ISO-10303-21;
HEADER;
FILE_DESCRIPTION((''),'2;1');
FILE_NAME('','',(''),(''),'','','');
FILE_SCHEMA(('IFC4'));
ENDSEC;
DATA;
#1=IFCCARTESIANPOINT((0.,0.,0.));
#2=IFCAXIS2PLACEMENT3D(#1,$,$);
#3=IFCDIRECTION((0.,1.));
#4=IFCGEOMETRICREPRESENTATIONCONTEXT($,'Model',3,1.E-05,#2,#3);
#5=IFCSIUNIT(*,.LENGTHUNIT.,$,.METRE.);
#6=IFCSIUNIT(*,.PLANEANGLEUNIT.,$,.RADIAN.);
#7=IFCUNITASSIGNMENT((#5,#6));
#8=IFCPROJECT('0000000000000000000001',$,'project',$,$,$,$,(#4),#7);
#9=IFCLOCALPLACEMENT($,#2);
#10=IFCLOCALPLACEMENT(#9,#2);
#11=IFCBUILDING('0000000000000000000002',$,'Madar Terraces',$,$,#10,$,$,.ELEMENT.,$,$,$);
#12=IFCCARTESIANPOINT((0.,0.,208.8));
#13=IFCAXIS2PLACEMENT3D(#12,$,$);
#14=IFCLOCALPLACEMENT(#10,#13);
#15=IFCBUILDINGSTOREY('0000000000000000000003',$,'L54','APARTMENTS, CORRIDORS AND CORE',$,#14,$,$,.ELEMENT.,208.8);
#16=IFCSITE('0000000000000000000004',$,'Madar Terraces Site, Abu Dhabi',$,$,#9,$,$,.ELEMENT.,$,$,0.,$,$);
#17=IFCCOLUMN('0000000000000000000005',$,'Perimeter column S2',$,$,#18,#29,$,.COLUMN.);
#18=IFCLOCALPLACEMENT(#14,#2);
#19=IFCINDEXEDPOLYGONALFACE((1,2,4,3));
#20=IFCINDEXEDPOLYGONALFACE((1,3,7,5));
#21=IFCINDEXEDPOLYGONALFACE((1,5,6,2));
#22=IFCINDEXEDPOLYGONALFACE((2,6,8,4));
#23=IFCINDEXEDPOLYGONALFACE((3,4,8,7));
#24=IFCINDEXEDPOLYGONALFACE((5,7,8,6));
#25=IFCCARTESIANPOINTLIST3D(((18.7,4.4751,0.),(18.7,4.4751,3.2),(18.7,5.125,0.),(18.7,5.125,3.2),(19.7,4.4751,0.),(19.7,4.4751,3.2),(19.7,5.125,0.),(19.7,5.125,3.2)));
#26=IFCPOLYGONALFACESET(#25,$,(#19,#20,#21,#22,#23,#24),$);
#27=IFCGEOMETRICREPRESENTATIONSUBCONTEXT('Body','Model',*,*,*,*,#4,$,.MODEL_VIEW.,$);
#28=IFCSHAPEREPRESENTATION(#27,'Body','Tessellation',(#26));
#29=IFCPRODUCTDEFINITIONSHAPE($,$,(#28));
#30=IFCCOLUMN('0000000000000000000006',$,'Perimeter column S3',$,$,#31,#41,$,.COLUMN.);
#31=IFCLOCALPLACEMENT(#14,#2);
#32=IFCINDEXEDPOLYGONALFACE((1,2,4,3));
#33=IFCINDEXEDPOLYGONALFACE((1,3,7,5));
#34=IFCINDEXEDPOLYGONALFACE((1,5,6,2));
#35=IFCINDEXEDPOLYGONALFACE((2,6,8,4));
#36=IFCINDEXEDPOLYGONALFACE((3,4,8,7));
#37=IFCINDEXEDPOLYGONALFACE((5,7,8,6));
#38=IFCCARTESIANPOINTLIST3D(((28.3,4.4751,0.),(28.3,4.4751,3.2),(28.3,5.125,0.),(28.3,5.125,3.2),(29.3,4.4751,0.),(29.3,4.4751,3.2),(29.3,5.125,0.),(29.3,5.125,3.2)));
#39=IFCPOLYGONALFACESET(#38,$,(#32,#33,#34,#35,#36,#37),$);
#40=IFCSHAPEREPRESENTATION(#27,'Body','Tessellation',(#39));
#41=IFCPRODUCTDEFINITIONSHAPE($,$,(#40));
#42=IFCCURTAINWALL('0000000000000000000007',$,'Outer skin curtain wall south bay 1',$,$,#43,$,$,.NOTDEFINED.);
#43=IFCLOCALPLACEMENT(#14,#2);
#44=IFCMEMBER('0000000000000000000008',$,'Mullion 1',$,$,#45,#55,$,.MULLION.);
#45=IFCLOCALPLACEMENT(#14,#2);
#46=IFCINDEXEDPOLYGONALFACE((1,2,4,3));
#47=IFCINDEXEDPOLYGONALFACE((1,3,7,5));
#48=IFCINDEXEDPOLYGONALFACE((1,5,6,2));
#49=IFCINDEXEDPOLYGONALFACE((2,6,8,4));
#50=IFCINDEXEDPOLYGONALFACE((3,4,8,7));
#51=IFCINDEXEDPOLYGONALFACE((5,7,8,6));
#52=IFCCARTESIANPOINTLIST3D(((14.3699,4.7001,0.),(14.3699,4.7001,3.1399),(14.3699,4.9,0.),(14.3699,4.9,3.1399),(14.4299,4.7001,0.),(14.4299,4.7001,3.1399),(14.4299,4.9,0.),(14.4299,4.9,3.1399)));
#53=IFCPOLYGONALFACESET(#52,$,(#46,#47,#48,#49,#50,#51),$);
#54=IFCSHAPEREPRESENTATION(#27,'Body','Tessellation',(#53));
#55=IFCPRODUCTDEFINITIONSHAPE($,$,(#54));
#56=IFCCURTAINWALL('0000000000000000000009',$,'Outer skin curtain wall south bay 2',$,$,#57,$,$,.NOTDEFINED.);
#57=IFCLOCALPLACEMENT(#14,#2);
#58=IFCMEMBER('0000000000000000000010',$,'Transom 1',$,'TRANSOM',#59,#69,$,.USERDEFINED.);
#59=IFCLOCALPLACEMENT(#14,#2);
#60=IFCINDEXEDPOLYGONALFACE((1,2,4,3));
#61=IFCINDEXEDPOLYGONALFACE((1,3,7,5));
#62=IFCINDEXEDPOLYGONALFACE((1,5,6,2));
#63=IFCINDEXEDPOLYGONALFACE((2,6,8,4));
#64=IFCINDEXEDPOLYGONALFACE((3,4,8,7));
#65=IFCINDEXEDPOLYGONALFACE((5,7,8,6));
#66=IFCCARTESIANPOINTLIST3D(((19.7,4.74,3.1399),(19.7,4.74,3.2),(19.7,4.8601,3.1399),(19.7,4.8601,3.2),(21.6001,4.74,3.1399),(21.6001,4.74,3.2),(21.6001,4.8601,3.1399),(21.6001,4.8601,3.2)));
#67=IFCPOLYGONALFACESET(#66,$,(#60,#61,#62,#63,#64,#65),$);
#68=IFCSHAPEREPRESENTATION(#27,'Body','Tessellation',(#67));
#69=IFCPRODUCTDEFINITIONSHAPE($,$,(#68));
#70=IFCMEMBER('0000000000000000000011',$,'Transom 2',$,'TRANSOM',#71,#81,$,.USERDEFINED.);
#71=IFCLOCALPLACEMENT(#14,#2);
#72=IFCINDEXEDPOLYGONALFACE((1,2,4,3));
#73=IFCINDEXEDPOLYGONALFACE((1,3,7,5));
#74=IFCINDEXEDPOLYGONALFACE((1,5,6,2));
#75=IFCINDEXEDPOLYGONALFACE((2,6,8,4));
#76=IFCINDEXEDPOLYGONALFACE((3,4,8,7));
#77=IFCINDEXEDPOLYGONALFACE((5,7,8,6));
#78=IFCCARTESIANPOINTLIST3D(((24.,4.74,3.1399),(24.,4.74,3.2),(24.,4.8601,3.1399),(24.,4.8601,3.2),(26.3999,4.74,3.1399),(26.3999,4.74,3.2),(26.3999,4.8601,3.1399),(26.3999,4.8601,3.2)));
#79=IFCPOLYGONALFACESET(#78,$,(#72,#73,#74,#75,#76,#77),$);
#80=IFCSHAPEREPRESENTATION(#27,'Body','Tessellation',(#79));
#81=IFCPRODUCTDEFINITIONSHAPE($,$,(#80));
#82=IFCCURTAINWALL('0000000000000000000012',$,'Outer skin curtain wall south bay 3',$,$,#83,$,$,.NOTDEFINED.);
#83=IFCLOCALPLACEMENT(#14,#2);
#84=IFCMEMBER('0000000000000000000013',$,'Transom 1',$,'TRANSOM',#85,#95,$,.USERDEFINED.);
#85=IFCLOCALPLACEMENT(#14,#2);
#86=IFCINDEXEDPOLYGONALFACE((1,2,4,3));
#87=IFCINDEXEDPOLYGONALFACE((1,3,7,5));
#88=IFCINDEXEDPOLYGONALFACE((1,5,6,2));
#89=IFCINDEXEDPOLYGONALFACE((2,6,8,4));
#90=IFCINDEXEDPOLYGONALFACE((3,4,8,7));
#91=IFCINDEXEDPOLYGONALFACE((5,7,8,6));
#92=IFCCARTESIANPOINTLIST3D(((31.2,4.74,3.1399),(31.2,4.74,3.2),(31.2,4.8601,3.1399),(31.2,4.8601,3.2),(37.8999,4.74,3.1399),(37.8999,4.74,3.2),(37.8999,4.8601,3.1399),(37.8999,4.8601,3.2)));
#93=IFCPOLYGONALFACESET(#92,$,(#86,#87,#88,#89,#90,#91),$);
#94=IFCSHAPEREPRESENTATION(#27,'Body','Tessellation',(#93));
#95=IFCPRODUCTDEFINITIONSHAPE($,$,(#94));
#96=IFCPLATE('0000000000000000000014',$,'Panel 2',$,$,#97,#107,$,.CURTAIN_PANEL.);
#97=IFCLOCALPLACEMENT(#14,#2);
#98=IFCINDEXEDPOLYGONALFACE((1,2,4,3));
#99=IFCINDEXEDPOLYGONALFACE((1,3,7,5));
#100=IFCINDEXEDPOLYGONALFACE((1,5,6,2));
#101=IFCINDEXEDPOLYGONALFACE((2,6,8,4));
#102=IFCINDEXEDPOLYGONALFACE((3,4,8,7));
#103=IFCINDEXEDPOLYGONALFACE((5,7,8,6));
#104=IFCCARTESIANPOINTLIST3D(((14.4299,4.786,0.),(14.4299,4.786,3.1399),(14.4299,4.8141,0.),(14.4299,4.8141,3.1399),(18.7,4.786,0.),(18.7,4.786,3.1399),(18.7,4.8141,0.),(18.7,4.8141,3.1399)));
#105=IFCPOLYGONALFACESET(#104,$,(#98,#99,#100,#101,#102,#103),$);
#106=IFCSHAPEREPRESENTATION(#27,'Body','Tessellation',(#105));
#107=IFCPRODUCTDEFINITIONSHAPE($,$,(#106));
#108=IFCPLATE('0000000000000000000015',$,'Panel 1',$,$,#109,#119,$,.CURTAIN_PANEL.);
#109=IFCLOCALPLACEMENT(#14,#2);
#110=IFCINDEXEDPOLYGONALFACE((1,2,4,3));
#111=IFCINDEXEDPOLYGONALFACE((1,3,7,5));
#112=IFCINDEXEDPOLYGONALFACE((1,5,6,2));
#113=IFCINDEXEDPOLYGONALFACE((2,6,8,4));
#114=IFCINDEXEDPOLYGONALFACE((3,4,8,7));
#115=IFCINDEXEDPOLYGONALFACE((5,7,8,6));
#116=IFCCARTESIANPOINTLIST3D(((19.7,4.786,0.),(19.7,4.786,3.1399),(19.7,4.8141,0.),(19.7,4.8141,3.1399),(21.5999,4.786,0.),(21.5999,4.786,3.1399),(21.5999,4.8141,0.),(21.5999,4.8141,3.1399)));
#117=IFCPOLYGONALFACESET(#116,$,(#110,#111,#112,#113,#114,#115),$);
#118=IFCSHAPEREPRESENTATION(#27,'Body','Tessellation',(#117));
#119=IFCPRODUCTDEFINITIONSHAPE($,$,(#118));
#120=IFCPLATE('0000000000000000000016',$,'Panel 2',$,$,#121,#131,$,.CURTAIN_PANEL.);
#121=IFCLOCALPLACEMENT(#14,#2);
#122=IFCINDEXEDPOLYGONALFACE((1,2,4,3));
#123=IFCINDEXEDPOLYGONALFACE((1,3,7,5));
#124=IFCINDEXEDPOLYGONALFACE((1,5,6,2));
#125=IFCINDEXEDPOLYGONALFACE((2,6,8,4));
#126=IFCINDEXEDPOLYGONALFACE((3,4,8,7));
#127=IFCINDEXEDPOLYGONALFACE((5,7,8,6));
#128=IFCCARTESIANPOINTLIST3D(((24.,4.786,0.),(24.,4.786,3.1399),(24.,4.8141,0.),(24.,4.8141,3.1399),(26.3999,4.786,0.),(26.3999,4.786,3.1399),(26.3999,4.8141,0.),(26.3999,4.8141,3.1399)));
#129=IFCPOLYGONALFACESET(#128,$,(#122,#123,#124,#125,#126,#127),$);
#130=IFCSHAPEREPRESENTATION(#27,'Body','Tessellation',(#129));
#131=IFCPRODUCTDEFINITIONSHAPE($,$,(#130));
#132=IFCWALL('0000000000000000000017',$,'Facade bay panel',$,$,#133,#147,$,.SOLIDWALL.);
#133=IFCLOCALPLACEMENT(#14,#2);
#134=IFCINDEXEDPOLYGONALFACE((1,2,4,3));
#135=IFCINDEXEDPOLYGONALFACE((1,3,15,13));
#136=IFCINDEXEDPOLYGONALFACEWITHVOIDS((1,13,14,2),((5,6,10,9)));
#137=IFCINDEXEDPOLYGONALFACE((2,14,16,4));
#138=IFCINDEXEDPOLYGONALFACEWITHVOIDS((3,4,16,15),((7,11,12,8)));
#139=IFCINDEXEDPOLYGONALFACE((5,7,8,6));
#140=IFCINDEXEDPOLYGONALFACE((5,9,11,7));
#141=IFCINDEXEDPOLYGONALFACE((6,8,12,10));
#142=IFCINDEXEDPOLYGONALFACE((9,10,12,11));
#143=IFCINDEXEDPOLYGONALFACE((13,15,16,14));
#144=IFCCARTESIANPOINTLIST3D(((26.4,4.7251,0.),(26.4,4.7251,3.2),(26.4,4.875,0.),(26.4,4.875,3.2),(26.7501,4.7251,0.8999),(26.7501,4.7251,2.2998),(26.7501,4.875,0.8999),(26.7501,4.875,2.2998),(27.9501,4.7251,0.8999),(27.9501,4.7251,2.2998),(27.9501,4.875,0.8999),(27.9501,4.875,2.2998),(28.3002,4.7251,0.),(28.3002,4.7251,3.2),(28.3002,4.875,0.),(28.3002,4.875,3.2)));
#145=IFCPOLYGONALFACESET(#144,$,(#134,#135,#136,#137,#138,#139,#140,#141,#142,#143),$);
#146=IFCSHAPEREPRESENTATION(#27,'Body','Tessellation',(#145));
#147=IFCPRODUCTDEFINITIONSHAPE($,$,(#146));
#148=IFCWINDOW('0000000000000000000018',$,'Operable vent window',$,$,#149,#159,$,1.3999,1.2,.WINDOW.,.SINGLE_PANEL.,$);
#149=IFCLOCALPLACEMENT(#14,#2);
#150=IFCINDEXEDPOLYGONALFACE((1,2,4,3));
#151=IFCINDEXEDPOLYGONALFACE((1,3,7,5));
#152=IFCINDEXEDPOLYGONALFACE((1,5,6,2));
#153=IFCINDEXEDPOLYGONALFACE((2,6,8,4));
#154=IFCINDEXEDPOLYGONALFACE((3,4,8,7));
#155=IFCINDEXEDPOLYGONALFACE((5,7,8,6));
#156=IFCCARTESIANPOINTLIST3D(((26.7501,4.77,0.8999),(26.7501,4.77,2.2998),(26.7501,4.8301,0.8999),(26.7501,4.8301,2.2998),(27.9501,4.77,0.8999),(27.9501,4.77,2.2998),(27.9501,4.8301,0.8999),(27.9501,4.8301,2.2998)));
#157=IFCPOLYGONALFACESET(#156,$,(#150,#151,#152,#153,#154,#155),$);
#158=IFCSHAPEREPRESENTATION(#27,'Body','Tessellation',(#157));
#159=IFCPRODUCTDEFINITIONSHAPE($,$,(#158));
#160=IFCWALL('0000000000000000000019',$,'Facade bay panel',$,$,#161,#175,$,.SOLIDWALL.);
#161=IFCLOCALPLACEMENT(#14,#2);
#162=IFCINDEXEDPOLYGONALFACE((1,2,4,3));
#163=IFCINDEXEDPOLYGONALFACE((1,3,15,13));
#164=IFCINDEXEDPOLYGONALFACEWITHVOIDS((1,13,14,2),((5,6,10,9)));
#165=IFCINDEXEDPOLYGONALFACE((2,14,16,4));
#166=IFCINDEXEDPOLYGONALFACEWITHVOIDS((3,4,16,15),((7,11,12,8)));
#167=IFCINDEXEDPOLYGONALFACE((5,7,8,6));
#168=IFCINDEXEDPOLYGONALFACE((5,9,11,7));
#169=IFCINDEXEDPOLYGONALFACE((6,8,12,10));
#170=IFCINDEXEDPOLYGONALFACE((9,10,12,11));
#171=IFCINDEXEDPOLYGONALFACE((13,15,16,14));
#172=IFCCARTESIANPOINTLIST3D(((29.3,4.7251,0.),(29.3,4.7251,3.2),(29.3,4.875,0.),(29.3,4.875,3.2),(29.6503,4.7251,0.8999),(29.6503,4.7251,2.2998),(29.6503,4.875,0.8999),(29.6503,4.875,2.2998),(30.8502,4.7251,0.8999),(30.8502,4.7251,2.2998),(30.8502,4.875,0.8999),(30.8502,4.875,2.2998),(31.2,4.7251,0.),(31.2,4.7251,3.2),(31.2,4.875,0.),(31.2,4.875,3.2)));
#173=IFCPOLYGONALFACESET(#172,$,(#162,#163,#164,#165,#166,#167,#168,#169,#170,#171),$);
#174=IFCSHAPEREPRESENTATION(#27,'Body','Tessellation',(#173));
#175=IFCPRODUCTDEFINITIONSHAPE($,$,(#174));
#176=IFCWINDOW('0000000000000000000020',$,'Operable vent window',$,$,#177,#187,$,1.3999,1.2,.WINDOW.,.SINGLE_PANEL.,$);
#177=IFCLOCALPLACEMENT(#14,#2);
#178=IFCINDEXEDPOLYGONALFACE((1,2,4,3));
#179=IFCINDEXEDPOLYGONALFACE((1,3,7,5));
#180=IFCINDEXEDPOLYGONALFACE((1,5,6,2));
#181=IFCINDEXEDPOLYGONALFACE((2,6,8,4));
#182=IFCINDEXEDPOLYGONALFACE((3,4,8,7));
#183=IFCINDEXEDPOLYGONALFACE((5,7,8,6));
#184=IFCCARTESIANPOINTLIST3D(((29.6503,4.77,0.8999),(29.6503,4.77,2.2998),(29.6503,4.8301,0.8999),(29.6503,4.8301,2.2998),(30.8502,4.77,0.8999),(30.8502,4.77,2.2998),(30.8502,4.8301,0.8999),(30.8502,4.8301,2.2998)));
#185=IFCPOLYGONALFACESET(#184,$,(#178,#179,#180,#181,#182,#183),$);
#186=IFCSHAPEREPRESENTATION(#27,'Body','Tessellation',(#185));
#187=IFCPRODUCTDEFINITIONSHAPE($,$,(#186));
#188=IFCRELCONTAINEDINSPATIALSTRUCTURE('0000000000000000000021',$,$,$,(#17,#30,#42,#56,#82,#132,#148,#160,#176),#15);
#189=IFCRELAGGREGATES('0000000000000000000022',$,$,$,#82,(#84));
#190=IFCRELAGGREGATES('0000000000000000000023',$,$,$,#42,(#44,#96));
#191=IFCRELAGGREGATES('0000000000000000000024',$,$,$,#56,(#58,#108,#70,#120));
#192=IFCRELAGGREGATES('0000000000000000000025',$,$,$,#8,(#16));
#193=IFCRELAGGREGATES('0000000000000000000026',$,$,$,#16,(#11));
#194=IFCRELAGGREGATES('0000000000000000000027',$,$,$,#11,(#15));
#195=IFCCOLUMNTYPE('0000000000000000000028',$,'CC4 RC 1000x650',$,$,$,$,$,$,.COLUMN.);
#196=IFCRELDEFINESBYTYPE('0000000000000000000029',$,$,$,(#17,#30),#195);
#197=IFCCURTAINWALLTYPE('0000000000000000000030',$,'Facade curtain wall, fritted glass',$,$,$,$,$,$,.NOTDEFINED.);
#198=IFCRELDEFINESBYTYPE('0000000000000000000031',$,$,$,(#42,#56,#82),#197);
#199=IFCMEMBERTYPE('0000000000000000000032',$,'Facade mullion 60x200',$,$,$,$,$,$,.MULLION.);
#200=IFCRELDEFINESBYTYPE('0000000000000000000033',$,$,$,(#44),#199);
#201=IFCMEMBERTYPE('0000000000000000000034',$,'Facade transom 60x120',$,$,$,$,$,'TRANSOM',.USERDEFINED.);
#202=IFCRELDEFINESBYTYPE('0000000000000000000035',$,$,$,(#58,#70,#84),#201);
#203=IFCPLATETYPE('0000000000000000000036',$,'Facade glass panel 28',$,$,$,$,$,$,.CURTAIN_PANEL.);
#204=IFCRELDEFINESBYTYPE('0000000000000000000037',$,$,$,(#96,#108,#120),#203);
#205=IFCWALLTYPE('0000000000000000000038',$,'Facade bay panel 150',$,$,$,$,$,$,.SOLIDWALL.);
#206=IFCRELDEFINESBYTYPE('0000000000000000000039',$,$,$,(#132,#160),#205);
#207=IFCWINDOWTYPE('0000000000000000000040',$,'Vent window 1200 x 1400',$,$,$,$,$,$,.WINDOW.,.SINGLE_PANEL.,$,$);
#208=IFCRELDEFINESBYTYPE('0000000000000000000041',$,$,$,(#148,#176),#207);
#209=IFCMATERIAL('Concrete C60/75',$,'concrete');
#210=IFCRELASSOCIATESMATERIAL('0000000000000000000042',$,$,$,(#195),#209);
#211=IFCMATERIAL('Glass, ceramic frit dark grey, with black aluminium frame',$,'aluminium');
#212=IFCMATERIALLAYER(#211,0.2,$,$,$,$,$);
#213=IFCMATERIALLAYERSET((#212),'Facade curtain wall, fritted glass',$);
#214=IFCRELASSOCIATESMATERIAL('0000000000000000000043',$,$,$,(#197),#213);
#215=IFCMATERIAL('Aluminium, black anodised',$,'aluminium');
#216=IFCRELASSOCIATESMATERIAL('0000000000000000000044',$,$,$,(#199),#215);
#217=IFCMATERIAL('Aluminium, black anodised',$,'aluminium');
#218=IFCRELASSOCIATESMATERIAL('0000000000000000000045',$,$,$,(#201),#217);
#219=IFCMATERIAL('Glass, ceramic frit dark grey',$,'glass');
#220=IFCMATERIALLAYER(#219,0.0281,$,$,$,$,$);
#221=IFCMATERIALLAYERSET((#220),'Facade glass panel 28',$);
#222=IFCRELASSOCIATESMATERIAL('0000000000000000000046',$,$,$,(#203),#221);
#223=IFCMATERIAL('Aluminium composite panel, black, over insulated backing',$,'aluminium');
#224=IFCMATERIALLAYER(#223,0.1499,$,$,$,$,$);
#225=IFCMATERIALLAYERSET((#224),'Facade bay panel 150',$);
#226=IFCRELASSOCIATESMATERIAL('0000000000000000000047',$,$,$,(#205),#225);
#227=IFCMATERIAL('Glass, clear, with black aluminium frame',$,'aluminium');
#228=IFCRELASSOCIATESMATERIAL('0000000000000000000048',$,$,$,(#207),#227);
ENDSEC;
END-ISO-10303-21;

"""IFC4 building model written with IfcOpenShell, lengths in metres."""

from ifc_helpers import new_model, si_unit, direction, frame, frame_2d, origin, origin_2d, place, context, subcontext, project, spatial, rectangle, extrude, material, layer, layer_set, material_profile, profile_set, type_object, element, fill, aggregate, save


model = new_model("IFC4")

# Units and contexts
model_context = context("Model", 3, precision=1e-05, world=origin(), true_north=direction((0.0, 1.0)))
body_context = subcontext(model_context, "Body", "Model", "MODEL_VIEW")
ifc_project = project(units=[si_unit("LENGTHUNIT", "METRE"), si_unit("PLANEANGLEUNIT", "RADIAN")], contexts=[model_context])

# Site, building, storey
site_placement = place(None, origin())
site = spatial("IfcSite", under=ifc_project, at=site_placement, Name="Madar Terraces Site, Abu Dhabi", CompositionType="ELEMENT", RefElevation=0.0)
building_placement = place(site_placement, origin())
building = spatial("IfcBuilding", under=site, at=building_placement, Name="Madar Terraces", CompositionType="ELEMENT")
storey_placement = place(building_placement, frame((0.0, 0.0, 208.8)))
storey = spatial("IfcBuildingStorey", under=building, at=storey_placement, Name="L54", Description="APARTMENTS, CORRIDORS AND CORE", CompositionType="ELEMENT", Elevation=208.8)

# Columns
ifc_material_1 = material(Name="Concrete C60/75", Category="concrete")
ifc_material_profile_1 = material_profile(ifc_material_1, rectangle(XDim=1.0, YDim=0.6499, at=origin_2d()), Name="CC4 RC 1000x650")
ifc_profile_set_1 = profile_set([ifc_material_profile_1], Name="Concrete C60/75")
column_type = type_object("IfcColumnType", Name="CC4 RC 1000x650", PredefinedType="COLUMN", material=ifc_profile_set_1)
for number, where, z_axis, x_axis, name in (
    (1, (19.2, 4.8, 0.0), (0.0, 0.0, 1.0), (1.0, 0.0, 0.0), "Perimeter column S2"),
    (2, (28.8, 4.8, 0.0), (0.0, 0.0, 1.0), (1.0, 0.0, 0.0), "Perimeter column S3"),
):
    element("IfcColumn", number, at=place(storey_placement, frame(where, z_axis=z_axis, x_axis=x_axis)), inside=storey, type_object=column_type, Name=name, PredefinedType="COLUMN", context=body_context, shape_type="SweptSolid", body=[
        extrude(rectangle(XDim=1.0, YDim=0.6499, at=origin_2d()), origin(), (0.0, 0.0, 1.0), 3.2),
    ])

# Curtain wall, member
ifc_material_2 = material(Name="Glass, ceramic frit dark grey, with black aluminium frame", Category="aluminium")
ifc_layer_1 = layer(ifc_material_2, 0.2)
ifc_layer_set_1 = layer_set([ifc_layer_1], Name="Facade curtain wall, fritted glass")
curtain_wall_type = type_object("IfcCurtainWallType", Name="Facade curtain wall, fritted glass", PredefinedType="NOTDEFINED", material=ifc_layer_set_1)
curtain_wall_1_placement = place(storey_placement, origin())
curtain_wall_1 = element("IfcCurtainWall", 3, at=curtain_wall_1_placement, inside=storey, type_object=curtain_wall_type, Name="Outer skin curtain wall south bay 1", PredefinedType="NOTDEFINED")
ifc_material_3 = material(Name="Aluminium, black anodised", Category="aluminium")
ifc_material_profile_2 = material_profile(ifc_material_3, rectangle(XDim=0.2, YDim=0.0601, at=origin_2d()), Name="Facade mullion 60x200")
ifc_profile_set_2 = profile_set([ifc_material_profile_2], Name="Aluminium, black anodised")
member_type_1 = type_object("IfcMemberType", Name="Facade mullion 60x200", PredefinedType="MULLION", material=ifc_profile_set_2)
member_1_placement = place(storey_placement, frame((14.3999, 4.8, 0.0), z_axis=(0.0, 0.0, 1.0), x_axis=(0.0, 1.0, 0.0)))
member_1 = element("IfcMember", 4, at=member_1_placement, type_object=member_type_1, Name="Mullion 1", PredefinedType="MULLION", context=body_context, shape_type="SweptSolid", body=[
    extrude(rectangle(XDim=0.2, YDim=0.0601, at=origin_2d()), origin(), (0.0, 0.0, 1.0), 3.1399),
])

# Curtain wall, members
curtain_wall_2_placement = place(storey_placement, origin())
curtain_wall_2 = element("IfcCurtainWall", 5, at=curtain_wall_2_placement, inside=storey, type_object=curtain_wall_type, Name="Outer skin curtain wall south bay 2", PredefinedType="NOTDEFINED")
ifc_material_4 = material(Name="Aluminium, black anodised", Category="aluminium")
ifc_material_profile_3 = material_profile(ifc_material_4, rectangle(XDim=0.1201, YDim=0.0601, at=origin_2d()), Name="Facade transom 60x120")
ifc_profile_set_3 = profile_set([ifc_material_profile_3], Name="Aluminium, black anodised")
member_type_2 = type_object("IfcMemberType", Name="Facade transom 60x120", ElementType="TRANSOM", PredefinedType="USERDEFINED", material=ifc_profile_set_3)
member_2_placement = place(storey_placement, frame((19.7, 4.8, 3.1699), z_axis=(1.0, 0.0, 0.0), x_axis=(0.0, 1.0, 0.0)))
member_2 = element("IfcMember", 6, at=member_2_placement, type_object=member_type_2, Name="Transom 1", ObjectType="TRANSOM", PredefinedType="USERDEFINED", context=body_context, shape_type="SweptSolid", body=[
    extrude(rectangle(XDim=0.1201, YDim=0.0601, at=origin_2d()), origin(), (0.0, 0.0, 1.0), 1.9001),
])
member_3_placement = place(storey_placement, frame((24.0, 4.8, 3.1699), z_axis=(1.0, 0.0, 0.0), x_axis=(0.0, 1.0, 0.0)))
member_3 = element("IfcMember", 7, at=member_3_placement, type_object=member_type_2, Name="Transom 2", ObjectType="TRANSOM", PredefinedType="USERDEFINED", context=body_context, shape_type="SweptSolid", body=[
    extrude(rectangle(XDim=0.1201, YDim=0.0601, at=origin_2d()), origin(), (0.0, 0.0, 1.0), 2.3999),
])

# Curtain wall, member
curtain_wall_3_placement = place(storey_placement, origin())
curtain_wall_3 = element("IfcCurtainWall", 8, at=curtain_wall_3_placement, inside=storey, type_object=curtain_wall_type, Name="Outer skin curtain wall south bay 3", PredefinedType="NOTDEFINED")
member_4_placement = place(storey_placement, frame((31.2, 4.8, 3.1699), z_axis=(1.0, 0.0, 0.0), x_axis=(0.0, 1.0, 0.0)))
member_4 = element("IfcMember", 9, at=member_4_placement, type_object=member_type_2, Name="Transom 1", ObjectType="TRANSOM", PredefinedType="USERDEFINED", context=body_context, shape_type="SweptSolid", body=[
    extrude(rectangle(XDim=0.1201, YDim=0.0601, at=origin_2d()), origin(), (0.0, 0.0, 1.0), 6.7),
])
aggregate(curtain_wall_3, [member_4])

# Plates
ifc_material_5 = material(Name="Glass, ceramic frit dark grey", Category="glass")
ifc_layer_2 = layer(ifc_material_5, 0.0281)
ifc_layer_set_2 = layer_set([ifc_layer_2], Name="Facade glass panel 28")
plate_type = type_object("IfcPlateType", Name="Facade glass panel 28", PredefinedType="CURTAIN_PANEL", material=ifc_layer_set_2)
plate_1_placement = place(storey_placement, frame((16.5649, 4.8, 0.0), z_axis=(0.0, 0.0, 1.0), x_axis=(1.0, 0.0, 0.0)))
plate_1 = element("IfcPlate", 10, at=plate_1_placement, type_object=plate_type, Name="Panel 2", PredefinedType="CURTAIN_PANEL", context=body_context, shape_type="SweptSolid", body=[
    extrude(rectangle(XDim=4.27, YDim=0.0281, at=origin_2d()), origin(), (0.0, 0.0, 1.0), 3.1399),
])
aggregate(curtain_wall_1, [member_1, plate_1])
plate_2_placement = place(storey_placement, frame((20.6499, 4.8, 0.0), z_axis=(0.0, 0.0, 1.0), x_axis=(1.0, 0.0, 0.0)))
plate_2 = element("IfcPlate", 11, at=plate_2_placement, type_object=plate_type, Name="Panel 1", PredefinedType="CURTAIN_PANEL", context=body_context, shape_type="SweptSolid", body=[
    extrude(rectangle(XDim=1.8999, YDim=0.0281, at=origin_2d()), origin(), (0.0, 0.0, 1.0), 3.1399),
])
plate_3_placement = place(storey_placement, frame((25.2, 4.8, 0.0), z_axis=(0.0, 0.0, 1.0), x_axis=(1.0, 0.0, 0.0)))
plate_3 = element("IfcPlate", 12, at=plate_3_placement, type_object=plate_type, Name="Panel 2", PredefinedType="CURTAIN_PANEL", context=body_context, shape_type="SweptSolid", body=[
    extrude(rectangle(XDim=2.3999, YDim=0.0281, at=origin_2d()), origin(), (0.0, 0.0, 1.0), 3.1399),
])
aggregate(curtain_wall_2, [member_2, plate_2, member_3, plate_3])

# Shared definitions
ifc_material_6 = material(Name="Aluminium composite panel, black, over insulated backing", Category="aluminium")
ifc_layer_3 = layer(ifc_material_6, 0.1499)
ifc_layer_set_3 = layer_set([ifc_layer_3], Name="Facade bay panel 150")
wall_type_1 = type_object("IfcWallType", Name="Facade bay panel 150", PredefinedType="SOLIDWALL", material=ifc_layer_set_3)

# Walls, openings, windows
wall_1_placement = place(storey_placement, frame((26.3999, 4.8, 0.0), z_axis=(0.0, 0.0, 1.0), x_axis=(1.0, 0.0, 0.0)))
wall_1 = element("IfcWall", 13, at=wall_1_placement, inside=storey, type_object=wall_type_1, Name="Facade bay panel", PredefinedType="SOLIDWALL", context=body_context, shape_type="SweptSolid", body=[
    extrude(rectangle(XDim=1.9001, YDim=0.1499, at=frame_2d((0.9502, 0.0))), origin(), (0.0, 0.0, 1.0), 3.2),
])
opening_1_placement = place(wall_1_placement, frame((0.3501, 0.0, 0.8999)))
opening_1 = element("IfcOpeningElement", 14, at=opening_1_placement, cuts=wall_1, PredefinedType="OPENING", context=body_context, shape_type="SweptSolid", body=[
    extrude(rectangle(XDim=1.2, YDim=1.3999, at=frame_2d((0.6001, 0.7))), frame((0.0, 0.085, 0.0), z_axis=(0.0, -1.0, 0.0), x_axis=(1.0, 0.0, 0.0)), (0.0, 0.0, 1.0), 0.1699),
])
ifc_material_7 = material(Name="Glass, clear, with black aluminium frame", Category="aluminium")
window_type = type_object("IfcWindowType", Name="Vent window 1200 x 1400", PartitioningType="SINGLE_PANEL", PredefinedType="WINDOW", material=ifc_material_7)
window_1_placement = place(opening_1_placement, origin())
window_1 = element("IfcWindow", 15, at=window_1_placement, inside=storey, type_object=window_type, Name="Operable vent window", OverallHeight=1.3999, OverallWidth=1.2, PartitioningType="SINGLE_PANEL", PredefinedType="WINDOW", context=body_context, shape_type="SweptSolid", body=[
    extrude(rectangle(XDim=1.2, YDim=1.3999, at=frame_2d((0.6001, 0.7))), frame((0.0, 0.03, 0.0), z_axis=(0.0, -1.0, 0.0), x_axis=(1.0, 0.0, 0.0)), (0.0, 0.0, 1.0), 0.0601),
])
fill(opening_1, window_1)
wall_2_placement = place(storey_placement, frame((29.3, 4.8, 0.0), z_axis=(0.0, 0.0, 1.0), x_axis=(1.0, 0.0, 0.0)))
wall_2 = element("IfcWall", 16, at=wall_2_placement, inside=storey, type_object=wall_type_1, Name="Facade bay panel", PredefinedType="SOLIDWALL", context=body_context, shape_type="SweptSolid", body=[
    extrude(rectangle(XDim=1.8999, YDim=0.1499, at=frame_2d((0.95, 0.0))), origin(), (0.0, 0.0, 1.0), 3.2),
])
opening_2_placement = place(wall_2_placement, frame((0.3501, 0.0, 0.8999)))
opening_2 = element("IfcOpeningElement", 17, at=opening_2_placement, cuts=wall_2, PredefinedType="OPENING", context=body_context, shape_type="SweptSolid", body=[
    extrude(rectangle(XDim=1.2, YDim=1.3999, at=frame_2d((0.6001, 0.7))), frame((0.0, 0.085, 0.0), z_axis=(0.0, -1.0, 0.0), x_axis=(1.0, 0.0, 0.0)), (0.0, 0.0, 1.0), 0.1699),
])
window_2_placement = place(opening_2_placement, origin())
window_2 = element("IfcWindow", 18, at=window_2_placement, inside=storey, type_object=window_type, Name="Operable vent window", OverallHeight=1.3999, OverallWidth=1.2, PartitioningType="SINGLE_PANEL", PredefinedType="WINDOW", context=body_context, shape_type="SweptSolid", body=[
    extrude(rectangle(XDim=1.2, YDim=1.3999, at=frame_2d((0.6001, 0.7))), frame((0.0, 0.03, 0.0), z_axis=(0.0, -1.0, 0.0), x_axis=(1.0, 0.0, 0.0)), (0.0, 0.0, 1.0), 0.0601),
])
fill(opening_2, window_2)

save(model, "model.ifc")
